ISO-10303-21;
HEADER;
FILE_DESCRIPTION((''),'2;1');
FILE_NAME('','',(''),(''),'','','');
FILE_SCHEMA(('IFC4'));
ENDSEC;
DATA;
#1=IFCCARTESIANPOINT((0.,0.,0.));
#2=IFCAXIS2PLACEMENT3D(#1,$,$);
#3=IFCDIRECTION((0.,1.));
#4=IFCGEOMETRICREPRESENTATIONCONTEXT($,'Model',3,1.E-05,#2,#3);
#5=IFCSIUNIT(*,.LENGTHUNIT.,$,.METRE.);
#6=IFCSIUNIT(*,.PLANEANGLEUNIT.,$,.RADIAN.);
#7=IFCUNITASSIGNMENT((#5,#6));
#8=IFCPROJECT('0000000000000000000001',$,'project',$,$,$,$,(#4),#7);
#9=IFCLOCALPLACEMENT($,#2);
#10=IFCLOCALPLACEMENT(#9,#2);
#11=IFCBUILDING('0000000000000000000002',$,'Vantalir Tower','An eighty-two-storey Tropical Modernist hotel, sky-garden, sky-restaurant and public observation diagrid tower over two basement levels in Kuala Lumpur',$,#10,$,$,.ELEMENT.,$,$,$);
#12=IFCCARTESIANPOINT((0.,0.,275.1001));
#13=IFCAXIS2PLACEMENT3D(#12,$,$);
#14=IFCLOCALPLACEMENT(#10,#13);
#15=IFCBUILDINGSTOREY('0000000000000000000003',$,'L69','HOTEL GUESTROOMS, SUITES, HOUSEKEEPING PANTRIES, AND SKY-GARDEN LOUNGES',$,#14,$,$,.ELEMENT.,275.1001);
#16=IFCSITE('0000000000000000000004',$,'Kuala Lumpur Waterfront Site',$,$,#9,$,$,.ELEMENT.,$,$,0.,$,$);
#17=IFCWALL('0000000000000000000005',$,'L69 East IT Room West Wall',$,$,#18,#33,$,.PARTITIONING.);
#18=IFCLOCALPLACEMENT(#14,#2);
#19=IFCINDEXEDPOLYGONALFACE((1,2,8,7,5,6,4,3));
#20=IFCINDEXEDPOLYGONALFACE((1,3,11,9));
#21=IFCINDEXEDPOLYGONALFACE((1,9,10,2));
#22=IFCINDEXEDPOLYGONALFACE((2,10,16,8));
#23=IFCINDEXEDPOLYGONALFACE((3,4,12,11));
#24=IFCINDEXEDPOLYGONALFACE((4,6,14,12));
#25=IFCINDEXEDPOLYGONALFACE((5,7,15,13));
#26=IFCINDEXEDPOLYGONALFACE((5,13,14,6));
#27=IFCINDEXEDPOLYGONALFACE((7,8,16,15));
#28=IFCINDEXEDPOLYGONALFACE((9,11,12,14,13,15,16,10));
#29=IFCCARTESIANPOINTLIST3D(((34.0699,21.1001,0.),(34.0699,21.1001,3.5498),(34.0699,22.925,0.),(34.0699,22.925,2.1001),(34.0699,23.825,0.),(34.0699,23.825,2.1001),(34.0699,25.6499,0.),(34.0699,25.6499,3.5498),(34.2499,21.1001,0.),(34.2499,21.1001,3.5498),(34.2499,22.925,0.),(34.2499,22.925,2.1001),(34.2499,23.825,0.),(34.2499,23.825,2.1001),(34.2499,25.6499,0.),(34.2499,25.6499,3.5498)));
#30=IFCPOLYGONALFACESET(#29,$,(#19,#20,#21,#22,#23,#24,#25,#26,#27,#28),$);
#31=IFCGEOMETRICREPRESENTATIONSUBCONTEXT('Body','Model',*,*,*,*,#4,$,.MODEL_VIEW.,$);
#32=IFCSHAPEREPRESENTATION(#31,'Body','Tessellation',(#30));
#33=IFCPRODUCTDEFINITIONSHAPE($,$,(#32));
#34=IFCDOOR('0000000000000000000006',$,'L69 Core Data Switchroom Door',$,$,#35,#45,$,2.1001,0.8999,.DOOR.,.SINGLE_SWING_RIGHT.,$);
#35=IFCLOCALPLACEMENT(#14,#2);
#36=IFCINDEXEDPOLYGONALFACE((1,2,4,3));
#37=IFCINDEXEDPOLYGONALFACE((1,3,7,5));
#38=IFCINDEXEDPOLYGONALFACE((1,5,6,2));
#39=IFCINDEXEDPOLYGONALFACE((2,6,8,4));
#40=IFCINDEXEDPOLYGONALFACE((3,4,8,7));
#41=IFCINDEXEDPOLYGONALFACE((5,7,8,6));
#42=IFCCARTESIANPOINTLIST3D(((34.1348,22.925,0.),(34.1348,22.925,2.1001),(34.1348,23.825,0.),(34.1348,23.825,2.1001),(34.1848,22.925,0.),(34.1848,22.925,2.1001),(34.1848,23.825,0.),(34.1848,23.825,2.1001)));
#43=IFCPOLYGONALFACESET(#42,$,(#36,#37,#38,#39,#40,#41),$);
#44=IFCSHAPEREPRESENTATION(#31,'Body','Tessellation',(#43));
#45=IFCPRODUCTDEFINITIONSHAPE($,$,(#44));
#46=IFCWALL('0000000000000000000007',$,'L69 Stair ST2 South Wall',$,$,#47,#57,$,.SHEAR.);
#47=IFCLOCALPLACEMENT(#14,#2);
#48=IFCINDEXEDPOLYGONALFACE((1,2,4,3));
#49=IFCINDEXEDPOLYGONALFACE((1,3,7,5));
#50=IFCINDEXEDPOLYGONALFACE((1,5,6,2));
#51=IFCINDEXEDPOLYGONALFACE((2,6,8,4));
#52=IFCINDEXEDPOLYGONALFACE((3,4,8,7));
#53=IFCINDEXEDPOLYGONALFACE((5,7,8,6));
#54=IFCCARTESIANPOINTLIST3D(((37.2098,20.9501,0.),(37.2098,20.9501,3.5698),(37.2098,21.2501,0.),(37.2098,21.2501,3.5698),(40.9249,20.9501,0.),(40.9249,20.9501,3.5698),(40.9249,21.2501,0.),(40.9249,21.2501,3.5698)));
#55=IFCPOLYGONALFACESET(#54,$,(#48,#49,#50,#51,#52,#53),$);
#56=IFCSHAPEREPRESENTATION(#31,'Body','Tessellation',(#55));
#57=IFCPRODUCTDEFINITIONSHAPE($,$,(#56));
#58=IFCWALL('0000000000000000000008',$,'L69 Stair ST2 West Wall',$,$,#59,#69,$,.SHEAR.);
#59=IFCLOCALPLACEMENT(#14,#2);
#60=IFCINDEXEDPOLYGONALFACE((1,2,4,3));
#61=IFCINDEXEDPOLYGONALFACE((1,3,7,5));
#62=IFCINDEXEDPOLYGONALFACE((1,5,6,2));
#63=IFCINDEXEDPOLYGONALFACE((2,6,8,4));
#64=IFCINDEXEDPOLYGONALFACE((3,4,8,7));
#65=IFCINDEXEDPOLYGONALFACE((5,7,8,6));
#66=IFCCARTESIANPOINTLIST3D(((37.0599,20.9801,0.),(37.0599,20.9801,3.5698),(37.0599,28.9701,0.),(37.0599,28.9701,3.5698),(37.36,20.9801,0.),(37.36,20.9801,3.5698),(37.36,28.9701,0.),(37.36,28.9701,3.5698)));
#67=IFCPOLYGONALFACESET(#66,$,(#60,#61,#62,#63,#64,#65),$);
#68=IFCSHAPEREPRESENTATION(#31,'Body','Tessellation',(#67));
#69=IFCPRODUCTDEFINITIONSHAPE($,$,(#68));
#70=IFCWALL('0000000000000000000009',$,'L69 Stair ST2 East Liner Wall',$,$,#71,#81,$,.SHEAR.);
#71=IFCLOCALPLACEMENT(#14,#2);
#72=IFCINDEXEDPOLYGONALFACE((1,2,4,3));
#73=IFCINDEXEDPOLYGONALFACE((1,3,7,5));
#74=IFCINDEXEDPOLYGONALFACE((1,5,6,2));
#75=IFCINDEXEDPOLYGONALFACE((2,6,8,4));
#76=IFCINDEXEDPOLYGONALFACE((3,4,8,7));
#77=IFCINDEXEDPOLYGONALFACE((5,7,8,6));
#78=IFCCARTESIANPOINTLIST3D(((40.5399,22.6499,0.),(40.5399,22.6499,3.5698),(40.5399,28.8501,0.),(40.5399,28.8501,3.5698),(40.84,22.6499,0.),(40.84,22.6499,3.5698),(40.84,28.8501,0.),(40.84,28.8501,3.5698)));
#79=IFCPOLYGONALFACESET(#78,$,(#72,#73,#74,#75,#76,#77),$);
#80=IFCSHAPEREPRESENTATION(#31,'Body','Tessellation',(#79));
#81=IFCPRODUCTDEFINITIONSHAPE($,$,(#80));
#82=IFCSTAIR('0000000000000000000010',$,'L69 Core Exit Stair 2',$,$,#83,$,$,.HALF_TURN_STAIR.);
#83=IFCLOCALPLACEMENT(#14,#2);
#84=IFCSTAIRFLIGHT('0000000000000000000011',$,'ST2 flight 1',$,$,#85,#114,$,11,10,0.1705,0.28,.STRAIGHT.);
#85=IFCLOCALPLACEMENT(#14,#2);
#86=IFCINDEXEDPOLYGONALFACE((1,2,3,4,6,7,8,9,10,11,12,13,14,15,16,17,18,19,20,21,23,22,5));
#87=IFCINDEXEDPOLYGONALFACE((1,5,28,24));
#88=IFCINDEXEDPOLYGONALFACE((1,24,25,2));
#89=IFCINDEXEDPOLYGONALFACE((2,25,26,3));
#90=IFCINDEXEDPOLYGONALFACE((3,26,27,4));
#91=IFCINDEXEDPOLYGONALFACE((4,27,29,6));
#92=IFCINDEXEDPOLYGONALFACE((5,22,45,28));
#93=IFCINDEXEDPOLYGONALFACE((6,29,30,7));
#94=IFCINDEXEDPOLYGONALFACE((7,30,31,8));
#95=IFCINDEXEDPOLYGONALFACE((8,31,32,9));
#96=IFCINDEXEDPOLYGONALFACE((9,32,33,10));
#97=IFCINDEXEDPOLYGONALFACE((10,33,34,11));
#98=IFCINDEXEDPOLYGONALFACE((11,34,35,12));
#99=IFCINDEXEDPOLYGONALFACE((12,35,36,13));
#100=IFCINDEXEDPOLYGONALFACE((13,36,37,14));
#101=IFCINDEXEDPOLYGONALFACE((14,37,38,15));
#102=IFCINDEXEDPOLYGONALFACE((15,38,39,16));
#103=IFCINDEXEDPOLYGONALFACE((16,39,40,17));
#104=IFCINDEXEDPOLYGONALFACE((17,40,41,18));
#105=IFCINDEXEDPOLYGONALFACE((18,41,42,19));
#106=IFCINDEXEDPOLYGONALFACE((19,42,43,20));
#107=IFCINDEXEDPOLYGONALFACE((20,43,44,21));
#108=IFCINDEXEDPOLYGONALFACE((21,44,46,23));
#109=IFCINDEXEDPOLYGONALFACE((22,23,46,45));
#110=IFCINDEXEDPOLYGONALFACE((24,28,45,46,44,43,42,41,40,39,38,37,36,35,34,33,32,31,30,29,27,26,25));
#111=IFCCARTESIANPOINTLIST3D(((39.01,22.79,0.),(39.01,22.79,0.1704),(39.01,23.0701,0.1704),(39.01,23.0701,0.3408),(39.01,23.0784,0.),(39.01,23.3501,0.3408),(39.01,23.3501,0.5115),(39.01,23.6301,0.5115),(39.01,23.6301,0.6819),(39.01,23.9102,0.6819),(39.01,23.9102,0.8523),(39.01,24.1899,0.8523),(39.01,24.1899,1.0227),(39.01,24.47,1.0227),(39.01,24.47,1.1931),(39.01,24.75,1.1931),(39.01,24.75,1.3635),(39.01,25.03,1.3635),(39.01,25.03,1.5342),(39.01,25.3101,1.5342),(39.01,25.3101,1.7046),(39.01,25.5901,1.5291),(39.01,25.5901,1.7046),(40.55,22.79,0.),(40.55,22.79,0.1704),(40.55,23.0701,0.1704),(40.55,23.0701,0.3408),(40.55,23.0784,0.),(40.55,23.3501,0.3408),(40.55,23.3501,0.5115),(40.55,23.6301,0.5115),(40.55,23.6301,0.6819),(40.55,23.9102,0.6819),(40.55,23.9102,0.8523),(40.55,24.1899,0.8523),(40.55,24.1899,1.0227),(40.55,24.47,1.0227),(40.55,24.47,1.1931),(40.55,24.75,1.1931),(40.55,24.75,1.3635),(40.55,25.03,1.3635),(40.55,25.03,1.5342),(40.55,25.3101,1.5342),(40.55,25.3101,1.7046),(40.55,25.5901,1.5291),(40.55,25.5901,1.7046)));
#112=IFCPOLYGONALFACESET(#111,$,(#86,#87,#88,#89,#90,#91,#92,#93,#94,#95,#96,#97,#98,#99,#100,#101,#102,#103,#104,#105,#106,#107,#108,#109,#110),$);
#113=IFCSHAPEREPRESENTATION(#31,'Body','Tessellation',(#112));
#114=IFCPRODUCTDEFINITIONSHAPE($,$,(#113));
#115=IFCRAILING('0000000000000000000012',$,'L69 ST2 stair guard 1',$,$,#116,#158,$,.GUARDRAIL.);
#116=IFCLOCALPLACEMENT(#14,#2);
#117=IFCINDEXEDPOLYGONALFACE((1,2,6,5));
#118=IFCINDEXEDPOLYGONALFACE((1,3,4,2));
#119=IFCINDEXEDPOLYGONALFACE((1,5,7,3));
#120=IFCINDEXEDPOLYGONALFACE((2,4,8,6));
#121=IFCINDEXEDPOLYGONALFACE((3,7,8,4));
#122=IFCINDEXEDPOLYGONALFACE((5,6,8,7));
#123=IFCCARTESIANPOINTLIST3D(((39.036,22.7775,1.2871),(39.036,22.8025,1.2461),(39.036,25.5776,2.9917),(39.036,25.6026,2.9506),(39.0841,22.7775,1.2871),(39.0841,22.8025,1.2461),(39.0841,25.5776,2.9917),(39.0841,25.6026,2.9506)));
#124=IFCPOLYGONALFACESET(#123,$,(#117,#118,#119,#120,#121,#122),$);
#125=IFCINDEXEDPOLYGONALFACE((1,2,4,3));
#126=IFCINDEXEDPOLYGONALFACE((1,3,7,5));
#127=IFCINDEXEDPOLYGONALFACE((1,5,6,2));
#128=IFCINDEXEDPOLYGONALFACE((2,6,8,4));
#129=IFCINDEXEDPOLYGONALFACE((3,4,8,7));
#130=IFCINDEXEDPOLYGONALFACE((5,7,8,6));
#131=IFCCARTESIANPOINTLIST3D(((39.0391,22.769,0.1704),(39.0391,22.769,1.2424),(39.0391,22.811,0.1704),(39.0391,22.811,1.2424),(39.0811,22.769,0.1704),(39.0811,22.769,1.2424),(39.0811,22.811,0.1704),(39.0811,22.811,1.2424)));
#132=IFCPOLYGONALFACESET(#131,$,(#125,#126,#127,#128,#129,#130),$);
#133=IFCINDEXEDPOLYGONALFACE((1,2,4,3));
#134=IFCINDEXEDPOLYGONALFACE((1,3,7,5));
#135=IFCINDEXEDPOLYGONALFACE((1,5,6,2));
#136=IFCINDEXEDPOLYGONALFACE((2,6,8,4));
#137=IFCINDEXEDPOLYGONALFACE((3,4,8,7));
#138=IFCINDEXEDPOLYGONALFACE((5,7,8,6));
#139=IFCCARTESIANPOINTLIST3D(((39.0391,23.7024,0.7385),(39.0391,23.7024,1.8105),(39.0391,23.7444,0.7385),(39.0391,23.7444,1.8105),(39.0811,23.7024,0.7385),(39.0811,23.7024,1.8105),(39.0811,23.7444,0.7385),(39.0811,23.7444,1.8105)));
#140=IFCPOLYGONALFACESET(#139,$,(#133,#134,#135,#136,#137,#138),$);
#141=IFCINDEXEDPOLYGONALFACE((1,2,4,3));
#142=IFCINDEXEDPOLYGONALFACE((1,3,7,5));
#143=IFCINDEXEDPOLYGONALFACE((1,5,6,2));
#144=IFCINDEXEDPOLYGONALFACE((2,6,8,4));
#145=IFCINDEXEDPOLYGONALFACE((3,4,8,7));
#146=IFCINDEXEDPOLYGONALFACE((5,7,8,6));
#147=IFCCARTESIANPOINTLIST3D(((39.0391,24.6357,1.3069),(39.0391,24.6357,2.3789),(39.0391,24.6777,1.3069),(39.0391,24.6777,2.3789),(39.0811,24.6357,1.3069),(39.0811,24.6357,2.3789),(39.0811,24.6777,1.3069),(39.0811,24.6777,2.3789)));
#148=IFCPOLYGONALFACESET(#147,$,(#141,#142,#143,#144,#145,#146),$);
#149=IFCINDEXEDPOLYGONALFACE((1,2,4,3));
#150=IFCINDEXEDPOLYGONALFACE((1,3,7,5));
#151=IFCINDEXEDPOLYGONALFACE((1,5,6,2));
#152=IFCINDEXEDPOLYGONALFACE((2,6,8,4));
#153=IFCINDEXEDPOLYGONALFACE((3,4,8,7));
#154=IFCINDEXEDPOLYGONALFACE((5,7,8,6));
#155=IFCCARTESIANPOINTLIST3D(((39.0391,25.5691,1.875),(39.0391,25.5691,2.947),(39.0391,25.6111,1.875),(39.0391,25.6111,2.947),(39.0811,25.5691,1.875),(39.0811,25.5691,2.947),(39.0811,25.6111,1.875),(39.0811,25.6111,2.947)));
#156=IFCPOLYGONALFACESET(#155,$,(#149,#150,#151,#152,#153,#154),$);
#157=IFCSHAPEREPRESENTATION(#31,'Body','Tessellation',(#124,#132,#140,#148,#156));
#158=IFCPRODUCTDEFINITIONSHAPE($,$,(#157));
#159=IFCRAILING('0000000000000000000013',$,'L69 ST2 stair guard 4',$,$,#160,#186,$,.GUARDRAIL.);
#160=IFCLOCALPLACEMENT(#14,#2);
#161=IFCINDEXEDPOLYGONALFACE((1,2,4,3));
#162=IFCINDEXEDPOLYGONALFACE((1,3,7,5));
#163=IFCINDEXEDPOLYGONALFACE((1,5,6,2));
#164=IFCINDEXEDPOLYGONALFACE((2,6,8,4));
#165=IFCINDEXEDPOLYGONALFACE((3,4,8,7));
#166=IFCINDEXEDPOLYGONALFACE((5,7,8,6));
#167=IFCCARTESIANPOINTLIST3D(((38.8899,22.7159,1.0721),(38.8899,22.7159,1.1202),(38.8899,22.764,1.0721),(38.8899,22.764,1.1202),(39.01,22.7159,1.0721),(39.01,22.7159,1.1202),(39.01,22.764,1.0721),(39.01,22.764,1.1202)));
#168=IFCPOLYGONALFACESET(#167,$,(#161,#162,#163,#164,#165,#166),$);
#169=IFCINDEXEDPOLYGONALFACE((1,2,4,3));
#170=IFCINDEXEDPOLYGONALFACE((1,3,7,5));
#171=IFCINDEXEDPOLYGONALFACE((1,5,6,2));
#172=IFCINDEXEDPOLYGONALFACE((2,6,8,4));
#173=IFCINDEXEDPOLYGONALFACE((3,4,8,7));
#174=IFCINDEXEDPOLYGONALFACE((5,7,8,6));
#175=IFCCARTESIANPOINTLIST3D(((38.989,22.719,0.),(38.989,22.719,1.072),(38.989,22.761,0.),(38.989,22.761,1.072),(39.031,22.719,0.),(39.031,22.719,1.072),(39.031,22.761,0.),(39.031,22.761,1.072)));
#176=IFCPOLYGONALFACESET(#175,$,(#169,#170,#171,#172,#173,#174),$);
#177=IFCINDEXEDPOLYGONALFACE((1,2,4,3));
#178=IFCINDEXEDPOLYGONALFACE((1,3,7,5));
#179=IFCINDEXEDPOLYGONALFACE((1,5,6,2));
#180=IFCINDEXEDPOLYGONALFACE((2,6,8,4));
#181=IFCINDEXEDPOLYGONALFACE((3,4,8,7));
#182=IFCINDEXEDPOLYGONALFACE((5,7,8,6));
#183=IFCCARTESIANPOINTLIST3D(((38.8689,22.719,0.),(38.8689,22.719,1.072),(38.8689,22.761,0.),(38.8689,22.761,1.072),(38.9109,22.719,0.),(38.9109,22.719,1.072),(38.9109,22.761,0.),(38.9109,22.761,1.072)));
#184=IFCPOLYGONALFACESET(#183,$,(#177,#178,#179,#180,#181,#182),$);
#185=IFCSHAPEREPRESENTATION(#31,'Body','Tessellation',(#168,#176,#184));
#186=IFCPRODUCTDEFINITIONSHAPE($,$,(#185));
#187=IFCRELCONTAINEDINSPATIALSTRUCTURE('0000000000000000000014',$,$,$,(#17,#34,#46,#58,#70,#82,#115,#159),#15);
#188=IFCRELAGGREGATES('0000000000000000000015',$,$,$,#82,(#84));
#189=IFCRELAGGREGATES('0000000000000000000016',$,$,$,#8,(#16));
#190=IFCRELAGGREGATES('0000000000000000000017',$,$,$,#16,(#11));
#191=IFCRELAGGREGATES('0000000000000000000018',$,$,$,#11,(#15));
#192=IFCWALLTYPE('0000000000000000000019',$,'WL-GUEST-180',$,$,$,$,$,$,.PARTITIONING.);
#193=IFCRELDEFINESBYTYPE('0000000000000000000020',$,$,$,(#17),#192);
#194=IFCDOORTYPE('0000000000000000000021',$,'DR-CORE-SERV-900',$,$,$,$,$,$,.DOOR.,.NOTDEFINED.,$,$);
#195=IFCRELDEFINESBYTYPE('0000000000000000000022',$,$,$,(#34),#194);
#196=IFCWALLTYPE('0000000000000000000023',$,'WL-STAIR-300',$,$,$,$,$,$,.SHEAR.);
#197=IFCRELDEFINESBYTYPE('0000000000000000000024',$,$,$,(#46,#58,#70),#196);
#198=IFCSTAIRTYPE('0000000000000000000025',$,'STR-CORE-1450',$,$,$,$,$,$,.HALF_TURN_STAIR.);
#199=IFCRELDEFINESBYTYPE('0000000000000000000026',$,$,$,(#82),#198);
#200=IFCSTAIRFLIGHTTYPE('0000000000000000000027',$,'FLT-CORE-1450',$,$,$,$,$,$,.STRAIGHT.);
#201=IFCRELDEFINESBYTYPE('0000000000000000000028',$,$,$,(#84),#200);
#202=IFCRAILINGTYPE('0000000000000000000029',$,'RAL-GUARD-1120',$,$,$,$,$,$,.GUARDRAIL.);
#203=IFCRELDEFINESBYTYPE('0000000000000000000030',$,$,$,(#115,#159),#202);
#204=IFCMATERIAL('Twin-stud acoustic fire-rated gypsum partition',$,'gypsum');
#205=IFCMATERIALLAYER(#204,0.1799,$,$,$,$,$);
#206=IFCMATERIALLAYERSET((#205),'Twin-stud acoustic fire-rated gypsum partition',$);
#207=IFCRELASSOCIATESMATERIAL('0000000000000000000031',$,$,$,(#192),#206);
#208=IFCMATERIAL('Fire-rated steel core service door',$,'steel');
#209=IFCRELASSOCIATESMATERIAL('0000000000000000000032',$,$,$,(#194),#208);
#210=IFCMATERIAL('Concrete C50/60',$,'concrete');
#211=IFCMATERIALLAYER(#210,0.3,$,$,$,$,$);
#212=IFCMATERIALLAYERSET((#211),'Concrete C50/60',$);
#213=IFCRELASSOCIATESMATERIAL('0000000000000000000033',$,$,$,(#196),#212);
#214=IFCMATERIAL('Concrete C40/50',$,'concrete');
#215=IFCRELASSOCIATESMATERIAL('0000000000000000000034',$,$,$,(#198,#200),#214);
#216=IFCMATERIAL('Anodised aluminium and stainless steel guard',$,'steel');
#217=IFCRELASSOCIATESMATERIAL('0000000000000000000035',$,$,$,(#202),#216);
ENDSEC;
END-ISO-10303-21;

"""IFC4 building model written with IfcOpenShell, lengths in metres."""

from ifc_helpers import new_model, si_unit, direction, frame, frame_2d, origin, origin_2d, place, context, subcontext, project, spatial, polyline, rectangle, outline, extrude, material, layer, layer_set, type_object, element, fill, aggregate, save


model = new_model("IFC4")

# Units and contexts
model_context = context("Model", 3, precision=1e-05, world=origin(), true_north=direction((0.0, 1.0)))
body_context = subcontext(model_context, "Body", "Model", "MODEL_VIEW")
ifc_project = project(units=[si_unit("LENGTHUNIT", "METRE"), si_unit("PLANEANGLEUNIT", "RADIAN")], contexts=[model_context])

# Site, building, storey
site_placement = place(None, origin())
site = spatial("IfcSite", under=ifc_project, at=site_placement, Name="Kuala Lumpur Waterfront Site", CompositionType="ELEMENT", RefElevation=0.0)
building_placement = place(site_placement, origin())
building = spatial("IfcBuilding", under=site, at=building_placement, Name="Vantalir Tower", Description="An eighty-two-storey Tropical Modernist hotel, sky-garden, sky-restaurant and public observation diagrid tower over two basement levels in Kuala Lumpur", CompositionType="ELEMENT")
storey_placement = place(building_placement, frame((0.0, 0.0, 275.1001)))
storey = spatial("IfcBuildingStorey", under=building, at=storey_placement, Name="L69", Description="HOTEL GUESTROOMS, SUITES, HOUSEKEEPING PANTRIES, AND SKY-GARDEN LOUNGES", CompositionType="ELEMENT", Elevation=275.1001)

# Shared definitions
ifc_material_1 = material(Name="Concrete C50/60", Category="concrete")

# Shared definitions
ifc_material_2 = material(Name="Twin-stud acoustic fire-rated gypsum partition", Category="gypsum")
ifc_layer_1 = layer(ifc_material_2, 0.1799)
ifc_layer_set_1 = layer_set([ifc_layer_1], Name="Twin-stud acoustic fire-rated gypsum partition")
wall_type_1 = type_object("IfcWallType", Name="WL-GUEST-180", PredefinedType="PARTITIONING", material=ifc_layer_set_1)

# Wall, opening, door
wall_1_placement = place(storey_placement, frame((34.1599, 21.1001, 0.0), z_axis=(0.0, 0.0, 1.0), x_axis=(0.0, 1.0, 0.0)))
wall_1 = element("IfcWall", 1, at=wall_1_placement, inside=storey, type_object=wall_type_1, Name="L69 East IT Room West Wall", PredefinedType="PARTITIONING", context=body_context, shape_type="SweptSolid", body=[
    extrude(rectangle(XDim=4.5498, YDim=0.1799, at=frame_2d((2.2749, 0.0))), origin(), (0.0, 0.0, 1.0), 3.5498),
])
opening_placement = place(wall_1_placement, frame((1.825, 0.0, 0.0)))
opening = element("IfcOpeningElement", 2, at=opening_placement, cuts=wall_1, PredefinedType="OPENING", context=body_context, shape_type="SweptSolid", body=[
    extrude(rectangle(XDim=0.8999, YDim=2.1001, at=frame_2d((0.45, 1.05))), frame((0.0, 0.0999, 0.0), z_axis=(0.0, -1.0, 0.0), x_axis=(1.0, 0.0, 0.0)), (0.0, 0.0, 1.0), 0.2),
])
ifc_material_3 = material(Name="Fire-rated steel core service door", Category="steel")
door_type = type_object("IfcDoorType", Name="DR-CORE-SERV-900", OperationType="NOTDEFINED", PredefinedType="DOOR", material=ifc_material_3)
door_placement = place(opening_placement, frame((0.8999, 0.0, 0.0), z_axis=(0.0, 0.0, 1.0), x_axis=(-1.0, 0.0, 0.0)))
door = element("IfcDoor", 3, at=door_placement, inside=storey, type_object=door_type, Name="L69 Core Data Switchroom Door", OperationType="SINGLE_SWING_RIGHT", OverallHeight=2.1001, OverallWidth=0.8999, PredefinedType="DOOR", context=body_context, shape_type="SweptSolid", body=[
    extrude(rectangle(XDim=0.8999, YDim=2.1001, at=frame_2d((0.45, 1.05))), frame((0.0, 0.0249, 0.0), z_axis=(0.0, -1.0, 0.0), x_axis=(1.0, 0.0, 0.0)), (0.0, 0.0, 1.0), 0.05),
])
fill(opening, door)

# Walls
ifc_layer_2 = layer(ifc_material_1, 0.3)
ifc_layer_set_2 = layer_set([ifc_layer_2], Name="Concrete C50/60")
wall_type_2 = type_object("IfcWallType", Name="WL-STAIR-300", PredefinedType="SHEAR", material=ifc_layer_set_2)
wall_2_placement = place(storey_placement, frame((37.21, 21.1001, 0.0), z_axis=(0.0, 0.0, 1.0), x_axis=(1.0, 0.0, 0.0)))
element("IfcWall", 4, at=wall_2_placement, inside=storey, type_object=wall_type_2, Name="L69 Stair ST2 South Wall", PredefinedType="SHEAR", context=body_context, shape_type="SweptSolid", body=[
    extrude(rectangle(XDim=3.7151, YDim=0.3, at=frame_2d((1.8574, 0.0))), origin(), (0.0, 0.0, 1.0), 3.5698),
])
wall_3_placement = place(storey_placement, frame((37.21, 20.98, 0.0), z_axis=(0.0, 0.0, 1.0), x_axis=(0.0, 1.0, 0.0)))
element("IfcWall", 5, at=wall_3_placement, inside=storey, type_object=wall_type_2, Name="L69 Stair ST2 West Wall", PredefinedType="SHEAR", context=body_context, shape_type="SweptSolid", body=[
    extrude(rectangle(XDim=7.99, YDim=0.3, at=frame_2d((3.9951, 0.0))), origin(), (0.0, 0.0, 1.0), 3.5698),
])
wall_4_placement = place(storey_placement, frame((40.6899, 22.6499, 0.0), z_axis=(0.0, 0.0, 1.0), x_axis=(0.0, 1.0, 0.0)))
element("IfcWall", 6, at=wall_4_placement, inside=storey, type_object=wall_type_2, Name="L69 Stair ST2 East Liner Wall", PredefinedType="SHEAR", context=body_context, shape_type="SweptSolid", body=[
    extrude(rectangle(XDim=6.2002, YDim=0.3, at=frame_2d((3.1001, 0.0))), origin(), (0.0, 0.0, 1.0), 3.5698),
])

# Stair, stair flight
ifc_material_4 = material(Name="Concrete C40/50", Category="concrete")
stair_type = type_object("IfcStairType", Name="STR-CORE-1450", PredefinedType="HALF_TURN_STAIR", material=ifc_material_4)
stair_placement = place(storey_placement, origin())
stair = element("IfcStair", 7, at=stair_placement, inside=storey, type_object=stair_type, Name="L69 Core Exit Stair 2", PredefinedType="HALF_TURN_STAIR")
stair_flight_type = type_object("IfcStairFlightType", Name="FLT-CORE-1450", PredefinedType="STRAIGHT", material=ifc_material_4)
stair_flight_placement = place(storey_placement, frame((39.78, 22.79, 0.0), z_axis=(0.0, 0.0, 1.0), x_axis=(0.0, 1.0, 0.0)))
stair_flight = element("IfcStairFlight", 8, at=stair_flight_placement, type_object=stair_flight_type, Name="ST2 flight 1", NumberOfRisers=11, NumberOfTreads=10, PredefinedType="STRAIGHT", RiserHeight=0.1705, TreadLength=0.28, context=body_context, shape_type="SweptSolid", body=[
    extrude(outline(polyline([(0.0, 0.0), (0.0, 0.1704), (0.28, 0.1704), (0.28, 0.3408), (0.5601, 0.3408), (0.5601, 0.5115), (0.8401, 0.5115), (0.8401, 0.6819), (1.1201, 0.6819), (1.1201, 0.8523), (1.3999, 0.8523), (1.3999, 1.0227), (1.6799, 1.0227), (1.6799, 1.1931), (1.96, 1.1931), (1.96, 1.3635), (2.24, 1.3635), (2.24, 1.5342), (2.52, 1.5342), (2.52, 1.7046), (2.8, 1.7046), (2.8, 1.875), (2.8, 1.5291), (0.2883, 0.0), (0.0, 0.0)])), frame((0.0, 0.77, 0.0), z_axis=(0.0, -1.0, 0.0), x_axis=(1.0, 0.0, 0.0)), (0.0, 0.0, 1.0), 1.54),
])
aggregate(stair, [stair_flight])

# Railings
ifc_material_5 = material(Name="Anodised aluminium and stainless steel guard", Category="steel")
railing_type_1 = type_object("IfcRailingType", Name="RAL-GUARD-1120", PredefinedType="GUARDRAIL", material=ifc_material_5)
railing_1_placement = place(storey_placement, frame((39.0601, 22.79, 0.1704)))
element("IfcRailing", 9, at=railing_1_placement, inside=storey, type_object=railing_type_1, Name="L69 ST2 stair guard 1", PredefinedType="GUARDRAIL", context=body_context, shape_type="SweptSolid", body=[
    extrude(rectangle(XDim=0.0481, YDim=0.0481, at=origin_2d()), frame((0.0, 0.0, 1.0962), z_axis=(0.0, 0.85417, 0.519994), x_axis=(-1.0, 0.0, 0.0)), (0.0, 0.0, 1.0), 3.2781),
    extrude(rectangle(XDim=0.042, YDim=0.042, at=origin_2d()), origin(), (0.0, 0.0, 1.0), 1.072),
    extrude(rectangle(XDim=0.042, YDim=0.042, at=origin_2d()), frame((0.0, 0.9333, 0.5681)), (0.0, 0.0, 1.0), 1.072),
    extrude(rectangle(XDim=0.042, YDim=0.042, at=origin_2d()), frame((0.0, 1.8667, 1.1365)), (0.0, 0.0, 1.0), 1.072),
    extrude(rectangle(XDim=0.042, YDim=0.042, at=origin_2d()), frame((0.0, 2.8, 1.7046)), (0.0, 0.0, 1.0), 1.072),
])
railing_2_placement = place(storey_placement, frame((39.01, 22.74, 0.0)))
element("IfcRailing", 10, at=railing_2_placement, inside=storey, type_object=railing_type_1, Name="L69 ST2 stair guard 4", PredefinedType="GUARDRAIL", context=body_context, shape_type="SweptSolid", body=[
    extrude(rectangle(XDim=0.0481, YDim=0.0481, at=origin_2d()), frame((0.0, 0.0, 1.0962), z_axis=(-1.0, 0.0, 0.0), x_axis=(0.0, -1.0, 0.0)), (0.0, 0.0, 1.0), 0.1201),
    extrude(rectangle(XDim=0.042, YDim=0.042, at=origin_2d()), origin(), (0.0, 0.0, 1.0), 1.072),
    extrude(rectangle(XDim=0.042, YDim=0.042, at=origin_2d()), frame((-0.1201, 0.0, 0.0)), (0.0, 0.0, 1.0), 1.072),
])

save(model, "model.ifc")
